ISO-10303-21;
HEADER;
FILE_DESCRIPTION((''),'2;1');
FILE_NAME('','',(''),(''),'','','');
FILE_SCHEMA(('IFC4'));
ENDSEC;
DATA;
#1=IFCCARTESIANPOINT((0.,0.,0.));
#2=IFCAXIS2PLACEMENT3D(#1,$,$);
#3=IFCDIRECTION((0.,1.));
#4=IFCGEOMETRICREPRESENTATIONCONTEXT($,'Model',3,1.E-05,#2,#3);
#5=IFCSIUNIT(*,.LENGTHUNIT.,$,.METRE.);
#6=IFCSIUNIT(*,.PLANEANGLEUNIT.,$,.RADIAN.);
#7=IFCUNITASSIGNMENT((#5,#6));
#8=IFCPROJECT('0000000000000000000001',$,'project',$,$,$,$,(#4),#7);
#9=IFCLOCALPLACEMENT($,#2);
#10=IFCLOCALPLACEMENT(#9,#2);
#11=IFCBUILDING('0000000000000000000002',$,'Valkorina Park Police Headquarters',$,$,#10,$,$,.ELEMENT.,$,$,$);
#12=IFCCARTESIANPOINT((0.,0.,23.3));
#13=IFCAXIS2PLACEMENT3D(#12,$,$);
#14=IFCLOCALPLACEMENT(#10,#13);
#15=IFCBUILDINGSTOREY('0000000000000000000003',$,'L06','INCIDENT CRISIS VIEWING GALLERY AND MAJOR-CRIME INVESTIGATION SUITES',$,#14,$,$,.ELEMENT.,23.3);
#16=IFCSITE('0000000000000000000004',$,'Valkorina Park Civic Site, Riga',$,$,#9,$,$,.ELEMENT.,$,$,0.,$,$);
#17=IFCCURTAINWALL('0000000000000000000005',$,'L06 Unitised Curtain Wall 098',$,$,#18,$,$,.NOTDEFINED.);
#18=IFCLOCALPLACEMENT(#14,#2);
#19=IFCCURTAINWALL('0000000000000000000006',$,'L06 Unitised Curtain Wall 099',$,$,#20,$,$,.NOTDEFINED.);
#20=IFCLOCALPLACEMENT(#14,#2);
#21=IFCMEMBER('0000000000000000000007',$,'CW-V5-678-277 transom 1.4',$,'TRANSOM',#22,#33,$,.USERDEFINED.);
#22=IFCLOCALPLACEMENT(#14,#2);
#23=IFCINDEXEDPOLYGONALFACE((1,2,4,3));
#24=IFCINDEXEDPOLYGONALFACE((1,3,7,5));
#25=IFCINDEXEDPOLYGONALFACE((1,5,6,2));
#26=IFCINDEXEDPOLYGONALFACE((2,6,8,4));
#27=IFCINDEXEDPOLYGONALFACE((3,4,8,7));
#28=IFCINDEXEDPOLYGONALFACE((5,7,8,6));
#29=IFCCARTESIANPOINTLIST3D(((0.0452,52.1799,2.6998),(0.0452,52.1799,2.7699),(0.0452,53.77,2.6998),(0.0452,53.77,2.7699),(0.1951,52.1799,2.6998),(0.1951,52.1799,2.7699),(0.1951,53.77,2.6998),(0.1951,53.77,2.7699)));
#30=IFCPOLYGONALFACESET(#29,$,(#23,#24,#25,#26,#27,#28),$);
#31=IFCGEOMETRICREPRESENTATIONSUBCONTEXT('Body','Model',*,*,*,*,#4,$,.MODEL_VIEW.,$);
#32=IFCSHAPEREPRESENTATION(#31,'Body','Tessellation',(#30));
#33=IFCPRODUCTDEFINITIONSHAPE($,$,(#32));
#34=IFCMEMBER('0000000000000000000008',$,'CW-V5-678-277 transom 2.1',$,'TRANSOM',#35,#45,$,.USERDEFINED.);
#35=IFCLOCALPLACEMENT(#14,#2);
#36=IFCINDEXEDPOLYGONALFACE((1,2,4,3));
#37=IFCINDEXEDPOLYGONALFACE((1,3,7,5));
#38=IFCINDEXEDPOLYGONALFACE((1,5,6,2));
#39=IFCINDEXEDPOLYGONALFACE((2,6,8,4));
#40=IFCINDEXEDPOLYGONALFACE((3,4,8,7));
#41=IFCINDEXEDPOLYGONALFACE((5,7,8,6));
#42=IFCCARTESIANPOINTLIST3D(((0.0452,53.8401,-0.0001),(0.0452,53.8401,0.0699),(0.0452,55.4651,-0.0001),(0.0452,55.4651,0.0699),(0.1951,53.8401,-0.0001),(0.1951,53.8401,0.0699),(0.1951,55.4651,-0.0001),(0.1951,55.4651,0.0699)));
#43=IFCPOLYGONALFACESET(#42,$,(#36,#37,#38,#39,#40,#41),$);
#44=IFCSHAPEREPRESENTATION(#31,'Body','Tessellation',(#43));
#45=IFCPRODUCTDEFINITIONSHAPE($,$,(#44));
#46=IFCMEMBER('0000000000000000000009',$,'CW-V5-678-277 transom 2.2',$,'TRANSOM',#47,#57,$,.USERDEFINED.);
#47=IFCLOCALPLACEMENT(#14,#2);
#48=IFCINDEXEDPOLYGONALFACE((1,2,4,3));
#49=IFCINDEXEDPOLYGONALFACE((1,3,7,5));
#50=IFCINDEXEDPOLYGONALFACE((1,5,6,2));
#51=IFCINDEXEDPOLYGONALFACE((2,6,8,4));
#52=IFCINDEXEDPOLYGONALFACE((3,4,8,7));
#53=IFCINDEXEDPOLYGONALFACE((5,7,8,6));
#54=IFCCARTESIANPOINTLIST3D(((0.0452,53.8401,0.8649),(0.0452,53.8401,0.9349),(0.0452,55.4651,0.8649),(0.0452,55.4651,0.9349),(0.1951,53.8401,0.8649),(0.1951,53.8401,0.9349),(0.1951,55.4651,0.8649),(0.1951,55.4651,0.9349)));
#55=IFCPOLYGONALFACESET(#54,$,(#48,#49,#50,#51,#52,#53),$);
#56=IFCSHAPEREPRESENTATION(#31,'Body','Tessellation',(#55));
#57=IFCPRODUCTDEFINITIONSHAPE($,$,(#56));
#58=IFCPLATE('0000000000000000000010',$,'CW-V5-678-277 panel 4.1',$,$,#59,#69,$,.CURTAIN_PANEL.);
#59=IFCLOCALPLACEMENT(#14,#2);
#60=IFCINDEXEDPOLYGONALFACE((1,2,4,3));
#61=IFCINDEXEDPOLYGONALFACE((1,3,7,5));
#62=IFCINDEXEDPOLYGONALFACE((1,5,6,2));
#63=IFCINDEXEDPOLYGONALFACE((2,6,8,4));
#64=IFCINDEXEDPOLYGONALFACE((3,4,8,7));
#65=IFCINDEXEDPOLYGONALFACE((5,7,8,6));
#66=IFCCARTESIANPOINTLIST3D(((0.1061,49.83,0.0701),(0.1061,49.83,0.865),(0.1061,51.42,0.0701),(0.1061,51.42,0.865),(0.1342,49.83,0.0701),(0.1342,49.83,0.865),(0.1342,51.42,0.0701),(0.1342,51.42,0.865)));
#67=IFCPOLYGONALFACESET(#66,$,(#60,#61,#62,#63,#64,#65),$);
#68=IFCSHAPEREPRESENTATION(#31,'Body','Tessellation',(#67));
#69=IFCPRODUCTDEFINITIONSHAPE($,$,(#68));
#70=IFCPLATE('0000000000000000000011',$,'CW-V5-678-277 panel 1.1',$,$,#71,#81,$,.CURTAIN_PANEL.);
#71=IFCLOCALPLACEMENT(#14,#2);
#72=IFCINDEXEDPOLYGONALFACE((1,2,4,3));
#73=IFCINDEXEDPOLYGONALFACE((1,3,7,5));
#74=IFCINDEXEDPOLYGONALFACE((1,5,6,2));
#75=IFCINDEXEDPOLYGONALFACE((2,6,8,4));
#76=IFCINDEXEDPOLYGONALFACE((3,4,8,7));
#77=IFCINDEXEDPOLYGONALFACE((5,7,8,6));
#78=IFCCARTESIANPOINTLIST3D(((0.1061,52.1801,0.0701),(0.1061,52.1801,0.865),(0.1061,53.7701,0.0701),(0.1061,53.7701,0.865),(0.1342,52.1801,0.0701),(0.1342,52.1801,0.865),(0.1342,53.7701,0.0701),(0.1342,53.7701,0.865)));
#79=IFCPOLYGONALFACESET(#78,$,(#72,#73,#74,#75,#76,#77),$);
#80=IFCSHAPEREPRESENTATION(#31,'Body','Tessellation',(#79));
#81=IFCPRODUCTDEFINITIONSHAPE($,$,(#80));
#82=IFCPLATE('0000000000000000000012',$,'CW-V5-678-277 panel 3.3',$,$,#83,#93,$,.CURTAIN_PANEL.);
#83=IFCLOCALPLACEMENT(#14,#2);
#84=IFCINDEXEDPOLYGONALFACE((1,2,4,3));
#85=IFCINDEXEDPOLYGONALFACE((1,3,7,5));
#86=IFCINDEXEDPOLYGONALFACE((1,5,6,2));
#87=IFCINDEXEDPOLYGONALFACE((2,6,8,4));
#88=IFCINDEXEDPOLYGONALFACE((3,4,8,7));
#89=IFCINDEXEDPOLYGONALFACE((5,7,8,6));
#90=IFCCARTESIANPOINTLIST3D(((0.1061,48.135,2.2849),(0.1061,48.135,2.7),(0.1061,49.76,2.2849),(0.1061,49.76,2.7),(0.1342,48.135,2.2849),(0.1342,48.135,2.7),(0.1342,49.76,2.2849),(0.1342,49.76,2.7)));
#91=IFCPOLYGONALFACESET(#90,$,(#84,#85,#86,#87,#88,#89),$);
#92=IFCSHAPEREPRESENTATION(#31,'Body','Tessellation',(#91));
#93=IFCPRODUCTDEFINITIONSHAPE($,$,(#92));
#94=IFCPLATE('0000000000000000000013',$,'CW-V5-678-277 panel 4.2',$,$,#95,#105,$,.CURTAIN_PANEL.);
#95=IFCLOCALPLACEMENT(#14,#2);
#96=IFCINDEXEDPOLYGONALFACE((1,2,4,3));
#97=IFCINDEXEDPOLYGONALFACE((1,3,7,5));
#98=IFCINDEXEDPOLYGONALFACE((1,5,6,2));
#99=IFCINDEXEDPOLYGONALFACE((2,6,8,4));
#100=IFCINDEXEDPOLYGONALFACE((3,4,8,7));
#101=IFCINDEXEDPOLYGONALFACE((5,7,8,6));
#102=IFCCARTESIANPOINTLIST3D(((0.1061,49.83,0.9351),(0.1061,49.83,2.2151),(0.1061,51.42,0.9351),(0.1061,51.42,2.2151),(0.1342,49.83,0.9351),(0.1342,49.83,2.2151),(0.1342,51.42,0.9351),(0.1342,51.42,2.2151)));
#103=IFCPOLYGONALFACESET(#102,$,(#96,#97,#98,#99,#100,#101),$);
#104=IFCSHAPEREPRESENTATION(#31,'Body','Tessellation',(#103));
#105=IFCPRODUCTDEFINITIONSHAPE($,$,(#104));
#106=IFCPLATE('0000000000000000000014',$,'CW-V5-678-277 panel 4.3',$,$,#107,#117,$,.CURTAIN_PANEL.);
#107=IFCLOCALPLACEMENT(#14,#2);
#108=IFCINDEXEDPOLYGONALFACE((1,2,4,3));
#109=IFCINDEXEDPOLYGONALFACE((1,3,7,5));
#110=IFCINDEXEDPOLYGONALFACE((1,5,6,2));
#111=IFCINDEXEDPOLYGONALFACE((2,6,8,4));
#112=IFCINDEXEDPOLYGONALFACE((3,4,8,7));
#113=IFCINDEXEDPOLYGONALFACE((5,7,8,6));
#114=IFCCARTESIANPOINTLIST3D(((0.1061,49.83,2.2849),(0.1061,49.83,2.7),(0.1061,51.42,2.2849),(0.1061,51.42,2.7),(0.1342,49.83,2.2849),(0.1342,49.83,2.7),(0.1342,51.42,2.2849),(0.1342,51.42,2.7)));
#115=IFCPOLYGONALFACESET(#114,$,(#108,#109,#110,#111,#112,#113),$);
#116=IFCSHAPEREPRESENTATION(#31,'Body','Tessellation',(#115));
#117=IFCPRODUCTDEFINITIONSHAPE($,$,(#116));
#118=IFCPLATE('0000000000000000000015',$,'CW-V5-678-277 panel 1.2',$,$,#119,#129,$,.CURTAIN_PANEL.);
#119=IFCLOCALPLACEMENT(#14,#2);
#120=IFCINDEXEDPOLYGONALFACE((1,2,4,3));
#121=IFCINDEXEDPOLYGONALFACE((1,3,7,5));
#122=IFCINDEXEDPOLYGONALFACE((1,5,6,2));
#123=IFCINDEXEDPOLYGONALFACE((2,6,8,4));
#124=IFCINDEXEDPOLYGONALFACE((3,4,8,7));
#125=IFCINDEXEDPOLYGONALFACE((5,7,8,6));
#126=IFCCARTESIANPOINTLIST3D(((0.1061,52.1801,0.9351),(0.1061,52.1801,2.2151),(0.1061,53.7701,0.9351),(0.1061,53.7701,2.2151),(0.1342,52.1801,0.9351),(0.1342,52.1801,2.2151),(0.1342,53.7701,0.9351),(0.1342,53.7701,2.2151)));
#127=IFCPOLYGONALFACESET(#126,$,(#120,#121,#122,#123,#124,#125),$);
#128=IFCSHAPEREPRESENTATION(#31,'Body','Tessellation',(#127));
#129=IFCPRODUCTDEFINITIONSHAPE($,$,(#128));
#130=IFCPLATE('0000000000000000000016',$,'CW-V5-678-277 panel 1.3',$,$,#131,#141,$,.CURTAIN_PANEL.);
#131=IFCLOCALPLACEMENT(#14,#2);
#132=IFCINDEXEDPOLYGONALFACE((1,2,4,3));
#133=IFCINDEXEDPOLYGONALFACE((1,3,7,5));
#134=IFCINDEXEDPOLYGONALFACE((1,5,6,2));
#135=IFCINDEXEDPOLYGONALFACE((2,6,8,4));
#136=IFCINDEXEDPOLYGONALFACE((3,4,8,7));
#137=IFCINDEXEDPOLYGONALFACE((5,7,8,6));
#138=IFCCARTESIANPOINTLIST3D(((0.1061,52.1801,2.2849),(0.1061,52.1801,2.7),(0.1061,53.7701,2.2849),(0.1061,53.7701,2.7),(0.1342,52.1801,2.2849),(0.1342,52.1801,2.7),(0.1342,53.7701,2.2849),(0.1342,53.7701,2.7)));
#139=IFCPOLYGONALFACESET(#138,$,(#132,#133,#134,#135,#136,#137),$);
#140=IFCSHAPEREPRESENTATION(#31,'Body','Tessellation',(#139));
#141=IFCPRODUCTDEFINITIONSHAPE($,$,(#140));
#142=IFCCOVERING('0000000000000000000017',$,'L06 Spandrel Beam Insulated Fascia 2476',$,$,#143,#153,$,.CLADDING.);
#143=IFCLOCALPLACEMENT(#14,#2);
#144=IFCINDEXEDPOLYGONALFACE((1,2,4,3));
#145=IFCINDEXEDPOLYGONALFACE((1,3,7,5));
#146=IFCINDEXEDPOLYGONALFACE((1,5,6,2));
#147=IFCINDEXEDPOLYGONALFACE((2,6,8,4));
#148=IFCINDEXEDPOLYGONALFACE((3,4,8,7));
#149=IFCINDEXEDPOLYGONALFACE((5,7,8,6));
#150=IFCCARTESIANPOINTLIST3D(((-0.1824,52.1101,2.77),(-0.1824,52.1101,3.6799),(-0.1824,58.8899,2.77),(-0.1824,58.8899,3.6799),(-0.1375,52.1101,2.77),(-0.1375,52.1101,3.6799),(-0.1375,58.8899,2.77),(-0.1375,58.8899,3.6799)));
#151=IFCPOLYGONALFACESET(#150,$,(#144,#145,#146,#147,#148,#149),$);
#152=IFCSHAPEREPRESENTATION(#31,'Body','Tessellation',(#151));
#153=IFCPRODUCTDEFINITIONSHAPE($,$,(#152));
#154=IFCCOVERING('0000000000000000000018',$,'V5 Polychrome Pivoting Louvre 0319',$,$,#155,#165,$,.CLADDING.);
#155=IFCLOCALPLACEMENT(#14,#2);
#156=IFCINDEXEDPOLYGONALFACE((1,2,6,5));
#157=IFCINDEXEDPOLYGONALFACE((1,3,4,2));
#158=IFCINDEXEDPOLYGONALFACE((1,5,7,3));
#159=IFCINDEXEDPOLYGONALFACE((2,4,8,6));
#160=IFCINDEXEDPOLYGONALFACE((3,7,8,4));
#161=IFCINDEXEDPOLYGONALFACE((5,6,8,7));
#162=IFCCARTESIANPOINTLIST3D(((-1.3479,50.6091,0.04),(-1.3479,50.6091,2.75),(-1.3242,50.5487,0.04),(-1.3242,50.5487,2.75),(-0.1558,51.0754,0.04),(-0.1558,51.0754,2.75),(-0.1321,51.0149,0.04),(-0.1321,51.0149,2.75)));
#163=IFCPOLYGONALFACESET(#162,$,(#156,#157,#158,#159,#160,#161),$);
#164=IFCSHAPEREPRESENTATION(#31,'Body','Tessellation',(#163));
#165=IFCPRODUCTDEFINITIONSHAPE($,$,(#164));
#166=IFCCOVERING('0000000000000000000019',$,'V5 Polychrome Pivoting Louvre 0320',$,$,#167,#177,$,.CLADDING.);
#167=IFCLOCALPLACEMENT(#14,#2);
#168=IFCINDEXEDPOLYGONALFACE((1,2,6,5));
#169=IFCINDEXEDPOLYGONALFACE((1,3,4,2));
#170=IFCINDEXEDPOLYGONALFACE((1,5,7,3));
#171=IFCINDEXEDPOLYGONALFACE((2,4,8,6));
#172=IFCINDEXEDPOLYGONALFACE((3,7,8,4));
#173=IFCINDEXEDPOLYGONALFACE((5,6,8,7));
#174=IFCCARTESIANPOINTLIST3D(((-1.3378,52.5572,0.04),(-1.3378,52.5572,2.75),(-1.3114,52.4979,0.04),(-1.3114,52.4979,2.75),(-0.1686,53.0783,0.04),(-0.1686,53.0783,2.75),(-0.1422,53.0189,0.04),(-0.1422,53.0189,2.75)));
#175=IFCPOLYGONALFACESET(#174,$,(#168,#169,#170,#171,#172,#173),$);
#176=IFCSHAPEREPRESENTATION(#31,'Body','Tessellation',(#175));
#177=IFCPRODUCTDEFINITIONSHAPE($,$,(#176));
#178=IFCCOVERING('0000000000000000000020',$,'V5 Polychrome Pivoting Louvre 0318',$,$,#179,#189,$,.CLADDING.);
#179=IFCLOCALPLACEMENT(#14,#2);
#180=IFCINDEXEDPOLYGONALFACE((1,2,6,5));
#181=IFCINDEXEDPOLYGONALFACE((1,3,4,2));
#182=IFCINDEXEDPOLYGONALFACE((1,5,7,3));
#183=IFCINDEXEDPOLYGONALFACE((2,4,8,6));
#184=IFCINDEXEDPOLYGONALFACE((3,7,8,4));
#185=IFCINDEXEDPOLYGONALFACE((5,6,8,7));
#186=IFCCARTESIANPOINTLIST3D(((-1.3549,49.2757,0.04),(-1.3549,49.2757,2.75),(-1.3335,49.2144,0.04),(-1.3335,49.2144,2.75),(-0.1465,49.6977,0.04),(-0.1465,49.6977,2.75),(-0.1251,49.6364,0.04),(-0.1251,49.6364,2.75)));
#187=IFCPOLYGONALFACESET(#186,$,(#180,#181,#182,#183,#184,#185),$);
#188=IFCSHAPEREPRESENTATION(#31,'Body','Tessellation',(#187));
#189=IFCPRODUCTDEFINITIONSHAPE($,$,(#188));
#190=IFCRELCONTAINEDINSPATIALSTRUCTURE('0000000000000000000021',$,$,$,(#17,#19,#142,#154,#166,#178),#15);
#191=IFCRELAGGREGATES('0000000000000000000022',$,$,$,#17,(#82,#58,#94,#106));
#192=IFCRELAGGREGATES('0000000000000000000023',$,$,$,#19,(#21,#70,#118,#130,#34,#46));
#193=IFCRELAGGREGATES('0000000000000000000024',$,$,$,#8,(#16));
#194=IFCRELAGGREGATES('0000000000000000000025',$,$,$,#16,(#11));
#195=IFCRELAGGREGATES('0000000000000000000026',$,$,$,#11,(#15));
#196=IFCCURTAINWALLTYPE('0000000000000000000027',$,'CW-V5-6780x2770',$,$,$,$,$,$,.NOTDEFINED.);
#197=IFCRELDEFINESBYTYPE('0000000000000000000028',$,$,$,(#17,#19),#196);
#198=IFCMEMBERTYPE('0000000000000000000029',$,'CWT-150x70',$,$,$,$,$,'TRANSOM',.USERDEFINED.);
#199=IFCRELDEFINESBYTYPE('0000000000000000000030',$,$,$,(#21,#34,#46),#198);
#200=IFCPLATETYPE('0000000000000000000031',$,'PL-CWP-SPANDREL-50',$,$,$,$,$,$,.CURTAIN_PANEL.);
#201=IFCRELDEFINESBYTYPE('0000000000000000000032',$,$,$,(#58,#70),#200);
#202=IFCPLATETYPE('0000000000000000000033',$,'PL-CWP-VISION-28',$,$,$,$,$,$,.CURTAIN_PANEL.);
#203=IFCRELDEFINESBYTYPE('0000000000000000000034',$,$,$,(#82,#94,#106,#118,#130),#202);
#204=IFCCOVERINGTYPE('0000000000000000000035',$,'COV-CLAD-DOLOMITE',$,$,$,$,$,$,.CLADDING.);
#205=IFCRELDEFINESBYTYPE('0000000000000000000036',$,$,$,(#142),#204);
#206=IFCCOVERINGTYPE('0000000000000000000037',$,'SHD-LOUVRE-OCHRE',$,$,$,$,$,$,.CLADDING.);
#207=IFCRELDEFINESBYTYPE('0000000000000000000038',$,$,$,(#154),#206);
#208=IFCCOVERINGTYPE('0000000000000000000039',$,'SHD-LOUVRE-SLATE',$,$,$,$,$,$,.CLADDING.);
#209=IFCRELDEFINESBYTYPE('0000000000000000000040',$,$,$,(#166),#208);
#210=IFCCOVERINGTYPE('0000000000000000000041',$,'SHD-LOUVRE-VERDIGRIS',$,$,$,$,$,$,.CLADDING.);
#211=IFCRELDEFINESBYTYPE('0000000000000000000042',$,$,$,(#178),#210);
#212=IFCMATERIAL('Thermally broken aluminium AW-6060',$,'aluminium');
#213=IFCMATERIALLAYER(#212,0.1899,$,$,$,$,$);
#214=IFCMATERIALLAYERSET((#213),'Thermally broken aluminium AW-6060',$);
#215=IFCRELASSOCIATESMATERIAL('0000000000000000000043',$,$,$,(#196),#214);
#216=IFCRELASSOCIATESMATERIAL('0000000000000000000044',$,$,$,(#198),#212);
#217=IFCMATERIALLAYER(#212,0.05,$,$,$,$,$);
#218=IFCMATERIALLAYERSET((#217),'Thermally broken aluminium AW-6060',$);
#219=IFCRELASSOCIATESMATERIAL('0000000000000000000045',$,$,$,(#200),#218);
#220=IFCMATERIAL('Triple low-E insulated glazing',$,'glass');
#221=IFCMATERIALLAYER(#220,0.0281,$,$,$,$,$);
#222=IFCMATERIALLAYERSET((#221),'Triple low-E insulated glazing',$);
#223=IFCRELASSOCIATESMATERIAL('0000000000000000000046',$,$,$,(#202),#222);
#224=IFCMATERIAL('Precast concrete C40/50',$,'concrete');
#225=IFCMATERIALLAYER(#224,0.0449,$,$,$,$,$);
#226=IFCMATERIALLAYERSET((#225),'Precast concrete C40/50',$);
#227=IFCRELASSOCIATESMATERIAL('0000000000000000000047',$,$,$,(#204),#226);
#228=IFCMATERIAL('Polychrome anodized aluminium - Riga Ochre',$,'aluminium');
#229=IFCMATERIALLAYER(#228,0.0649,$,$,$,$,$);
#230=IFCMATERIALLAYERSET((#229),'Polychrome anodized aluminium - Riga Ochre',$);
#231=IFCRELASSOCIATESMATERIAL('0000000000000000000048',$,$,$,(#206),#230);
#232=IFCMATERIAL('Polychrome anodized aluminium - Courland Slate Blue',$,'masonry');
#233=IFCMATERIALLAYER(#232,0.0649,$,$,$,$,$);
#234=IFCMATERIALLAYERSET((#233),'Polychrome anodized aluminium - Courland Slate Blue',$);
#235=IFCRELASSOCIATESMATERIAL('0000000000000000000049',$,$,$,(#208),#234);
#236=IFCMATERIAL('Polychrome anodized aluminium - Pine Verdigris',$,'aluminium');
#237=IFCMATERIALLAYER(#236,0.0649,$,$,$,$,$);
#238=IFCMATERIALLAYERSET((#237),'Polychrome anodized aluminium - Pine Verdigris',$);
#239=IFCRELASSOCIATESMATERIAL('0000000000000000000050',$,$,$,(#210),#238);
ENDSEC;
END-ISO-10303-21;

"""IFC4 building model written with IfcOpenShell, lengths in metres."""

from ifc_helpers import new_model, si_unit, direction, frame, frame_2d, origin, origin_2d, place, context, subcontext, project, spatial, rectangle, extrude, material, layer, layer_set, material_profile, profile_set, type_object, element, aggregate, save


model = new_model("IFC4")

# Units and contexts
model_context = context("Model", 3, precision=1e-05, world=origin(), true_north=direction((0.0, 1.0)))
body_context = subcontext(model_context, "Body", "Model", "MODEL_VIEW")
ifc_project = project(units=[si_unit("LENGTHUNIT", "METRE"), si_unit("PLANEANGLEUNIT", "RADIAN")], contexts=[model_context])

# Site, building, storey
site_placement = place(None, origin())
site = spatial("IfcSite", under=ifc_project, at=site_placement, Name="Valkorina Park Civic Site, Riga", CompositionType="ELEMENT", RefElevation=0.0)
building_placement = place(site_placement, origin())
building = spatial("IfcBuilding", under=site, at=building_placement, Name="Valkorina Park Police Headquarters", CompositionType="ELEMENT")
storey_placement = place(building_placement, frame((0.0, 0.0, 23.3)))
storey = spatial("IfcBuildingStorey", under=building, at=storey_placement, Name="L06", Description="INCIDENT CRISIS VIEWING GALLERY AND MAJOR-CRIME INVESTIGATION SUITES", CompositionType="ELEMENT", Elevation=23.3)

# Curtain walls
ifc_material_1 = material(Name="Thermally broken aluminium AW-6060", Category="aluminium")
ifc_layer_1 = layer(ifc_material_1, 0.1899)
ifc_layer_set_1 = layer_set([ifc_layer_1], Name="Thermally broken aluminium AW-6060")
curtain_wall_type = type_object("IfcCurtainWallType", Name="CW-V5-6780x2770", PredefinedType="NOTDEFINED", material=ifc_layer_set_1)
curtain_wall_1_placement = place(storey_placement, origin())
curtain_wall_1 = element("IfcCurtainWall", 1, at=curtain_wall_1_placement, inside=storey, type_object=curtain_wall_type, Name="L06 Unitised Curtain Wall 098", PredefinedType="NOTDEFINED")
curtain_wall_2_placement = place(storey_placement, origin())
curtain_wall_2 = element("IfcCurtainWall", 2, at=curtain_wall_2_placement, inside=storey, type_object=curtain_wall_type, Name="L06 Unitised Curtain Wall 099", PredefinedType="NOTDEFINED")

# Members
ifc_material_profile_1 = material_profile(ifc_material_1, rectangle(XDim=0.1499, YDim=0.0701, at=origin_2d()), Name="CWT-02 150x70")
ifc_profile_set_1 = profile_set([ifc_material_profile_1], Name="Thermally broken aluminium AW-6060")
member_type_1 = type_object("IfcMemberType", Name="CWT-150x70", ElementType="TRANSOM", PredefinedType="USERDEFINED", material=ifc_profile_set_1)
member_1_placement = place(storey_placement, frame((0.1201, 52.1799, 2.7349), z_axis=(0.0, 1.0, 0.0), x_axis=(-1.0, 0.0, 0.0)))
member_1 = element("IfcMember", 3, at=member_1_placement, type_object=member_type_1, Name="CW-V5-678-277 transom 1.4", ObjectType="TRANSOM", PredefinedType="USERDEFINED", context=body_context, shape_type="SweptSolid", body=[
    extrude(rectangle(XDim=0.1499, YDim=0.0701, at=origin_2d()), origin(), (0.0, 0.0, 1.0), 1.5901),
])
member_2_placement = place(storey_placement, frame((0.1201, 53.8401, 0.0349), z_axis=(0.0, 1.0, 0.0), x_axis=(-1.0, 0.0, 0.0)))
member_2 = element("IfcMember", 4, at=member_2_placement, type_object=member_type_1, Name="CW-V5-678-277 transom 2.1", ObjectType="TRANSOM", PredefinedType="USERDEFINED", context=body_context, shape_type="SweptSolid", body=[
    extrude(rectangle(XDim=0.1499, YDim=0.0701, at=origin_2d()), origin(), (0.0, 0.0, 1.0), 1.625),
])
member_3_placement = place(storey_placement, frame((0.1201, 53.8401, 0.8999), z_axis=(0.0, 1.0, 0.0), x_axis=(-1.0, 0.0, 0.0)))
member_3 = element("IfcMember", 5, at=member_3_placement, type_object=member_type_1, Name="CW-V5-678-277 transom 2.2", ObjectType="TRANSOM", PredefinedType="USERDEFINED", context=body_context, shape_type="SweptSolid", body=[
    extrude(rectangle(XDim=0.1499, YDim=0.0701, at=origin_2d()), origin(), (0.0, 0.0, 1.0), 1.625),
])

# Plates
ifc_layer_2 = layer(ifc_material_1, 0.05)
ifc_layer_set_2 = layer_set([ifc_layer_2], Name="Thermally broken aluminium AW-6060")
plate_type_1 = type_object("IfcPlateType", Name="PL-CWP-SPANDREL-50", PredefinedType="CURTAIN_PANEL", material=ifc_layer_set_2)
plate_1_placement = place(storey_placement, frame((0.1201, 50.625, 0.0701), z_axis=(0.0, 0.0, 1.0), x_axis=(0.0, 1.0, 0.0)))
plate_1 = element("IfcPlate", 6, at=plate_1_placement, type_object=plate_type_1, Name="CW-V5-678-277 panel 4.1", PredefinedType="CURTAIN_PANEL", context=body_context, shape_type="SweptSolid", body=[
    extrude(rectangle(XDim=1.5901, YDim=0.0281, at=origin_2d()), origin(), (0.0, 0.0, 1.0), 0.7949),
])
plate_2_placement = place(storey_placement, frame((0.1201, 52.9751, 0.0701), z_axis=(0.0, 0.0, 1.0), x_axis=(0.0, 1.0, 0.0)))
plate_2 = element("IfcPlate", 7, at=plate_2_placement, type_object=plate_type_1, Name="CW-V5-678-277 panel 1.1", PredefinedType="CURTAIN_PANEL", context=body_context, shape_type="SweptSolid", body=[
    extrude(rectangle(XDim=1.5901, YDim=0.0281, at=origin_2d()), origin(), (0.0, 0.0, 1.0), 0.7949),
])
ifc_material_2 = material(Name="Triple low-E insulated glazing", Category="glass")
ifc_layer_3 = layer(ifc_material_2, 0.0281)
ifc_layer_set_3 = layer_set([ifc_layer_3], Name="Triple low-E insulated glazing")
plate_type_2 = type_object("IfcPlateType", Name="PL-CWP-VISION-28", PredefinedType="CURTAIN_PANEL", material=ifc_layer_set_3)
plate_3_placement = place(storey_placement, frame((0.1201, 48.9475, 2.2849), z_axis=(0.0, 0.0, 1.0), x_axis=(0.0, 1.0, 0.0)))
plate_3 = element("IfcPlate", 8, at=plate_3_placement, type_object=plate_type_2, Name="CW-V5-678-277 panel 3.3", PredefinedType="CURTAIN_PANEL", context=body_context, shape_type="SweptSolid", body=[
    extrude(rectangle(XDim=1.625, YDim=0.0281, at=origin_2d()), origin(), (0.0, 0.0, 1.0), 0.415),
])
plate_4_placement = place(storey_placement, frame((0.1201, 50.625, 0.9351), z_axis=(0.0, 0.0, 1.0), x_axis=(0.0, 1.0, 0.0)))
plate_4 = element("IfcPlate", 9, at=plate_4_placement, type_object=plate_type_2, Name="CW-V5-678-277 panel 4.2", PredefinedType="CURTAIN_PANEL", context=body_context, shape_type="SweptSolid", body=[
    extrude(rectangle(XDim=1.5901, YDim=0.0281, at=origin_2d()), origin(), (0.0, 0.0, 1.0), 1.28),
])
plate_5_placement = place(storey_placement, frame((0.1201, 50.625, 2.2849), z_axis=(0.0, 0.0, 1.0), x_axis=(0.0, 1.0, 0.0)))
plate_5 = element("IfcPlate", 10, at=plate_5_placement, type_object=plate_type_2, Name="CW-V5-678-277 panel 4.3", PredefinedType="CURTAIN_PANEL", context=body_context, shape_type="SweptSolid", body=[
    extrude(rectangle(XDim=1.5901, YDim=0.0281, at=origin_2d()), origin(), (0.0, 0.0, 1.0), 0.415),
])
aggregate(curtain_wall_1, [plate_3, plate_1, plate_4, plate_5])
plate_6_placement = place(storey_placement, frame((0.1201, 52.9751, 0.9351), z_axis=(0.0, 0.0, 1.0), x_axis=(0.0, 1.0, 0.0)))
plate_6 = element("IfcPlate", 11, at=plate_6_placement, type_object=plate_type_2, Name="CW-V5-678-277 panel 1.2", PredefinedType="CURTAIN_PANEL", context=body_context, shape_type="SweptSolid", body=[
    extrude(rectangle(XDim=1.5901, YDim=0.0281, at=origin_2d()), origin(), (0.0, 0.0, 1.0), 1.28),
])
plate_7_placement = place(storey_placement, frame((0.1201, 52.9751, 2.2849), z_axis=(0.0, 0.0, 1.0), x_axis=(0.0, 1.0, 0.0)))
plate_7 = element("IfcPlate", 12, at=plate_7_placement, type_object=plate_type_2, Name="CW-V5-678-277 panel 1.3", PredefinedType="CURTAIN_PANEL", context=body_context, shape_type="SweptSolid", body=[
    extrude(rectangle(XDim=1.5901, YDim=0.0281, at=origin_2d()), origin(), (0.0, 0.0, 1.0), 0.415),
])
aggregate(curtain_wall_2, [member_1, plate_2, plate_6, plate_7, member_2, member_3])

# Coverings
ifc_material_3 = material(Name="Precast concrete C40/50", Category="concrete")
ifc_layer_4 = layer(ifc_material_3, 0.0449)
ifc_layer_set_4 = layer_set([ifc_layer_4], Name="Precast concrete C40/50")
covering_type_1 = type_object("IfcCoveringType", Name="COV-CLAD-DOLOMITE", PredefinedType="CLADDING", material=ifc_layer_set_4)
covering_1_placement = place(storey_placement, frame((-0.1599, 52.1101, 2.77), z_axis=(0.0, 0.0, 1.0), x_axis=(0.0, 1.0, 0.0)))
element("IfcCovering", 13, at=covering_1_placement, inside=storey, type_object=covering_type_1, Name="L06 Spandrel Beam Insulated Fascia 2476", PredefinedType="CLADDING", context=body_context, shape_type="SweptSolid", body=[
    extrude(rectangle(XDim=6.7798, YDim=0.0449, at=frame_2d((3.3899, 0.0))), origin(), (0.0, 0.0, 1.0), 0.9099),
])
ifc_material_4 = material(Name="Polychrome anodized aluminium - Riga Ochre", Category="aluminium")
ifc_layer_5 = layer(ifc_material_4, 0.0649)
ifc_layer_set_5 = layer_set([ifc_layer_5], Name="Polychrome anodized aluminium - Riga Ochre")
covering_type_2 = type_object("IfcCoveringType", Name="SHD-LOUVRE-OCHRE", PredefinedType="CLADDING", material=ifc_layer_set_5)
covering_2_placement = place(storey_placement, frame((-0.74, 50.812, 0.04), z_axis=(0.0, 0.0, 1.0), x_axis=(-0.93131, -0.364227, 0.0)))
element("IfcCovering", 14, at=covering_2_placement, inside=storey, type_object=covering_type_2, Name="V5 Polychrome Pivoting Louvre 0319", PredefinedType="CLADDING", context=body_context, shape_type="SweptSolid", body=[
    extrude(rectangle(XDim=1.28, YDim=0.0649, at=origin_2d()), origin(), (0.0, 0.0, 1.0), 2.71),
])
ifc_material_5 = material(Name="Polychrome anodized aluminium - Courland Slate Blue", Category="masonry")
ifc_layer_6 = layer(ifc_material_5, 0.0649)
ifc_layer_set_6 = layer_set([ifc_layer_6], Name="Polychrome anodized aluminium - Courland Slate Blue")
covering_type_3 = type_object("IfcCoveringType", Name="SHD-LOUVRE-SLATE", PredefinedType="CLADDING", material=ifc_layer_set_6)
covering_3_placement = place(storey_placement, frame((-0.74, 52.7881, 0.04), z_axis=(0.0, 0.0, 1.0), x_axis=(-0.913403, -0.407056, 0.0)))
element("IfcCovering", 15, at=covering_3_placement, inside=storey, type_object=covering_type_3, Name="V5 Polychrome Pivoting Louvre 0320", PredefinedType="CLADDING", context=body_context, shape_type="SweptSolid", body=[
    extrude(rectangle(XDim=1.28, YDim=0.0649, at=origin_2d()), origin(), (0.0, 0.0, 1.0), 2.71),
])
ifc_material_6 = material(Name="Polychrome anodized aluminium - Pine Verdigris", Category="aluminium")
ifc_layer_7 = layer(ifc_material_6, 0.0649)
ifc_layer_set_7 = layer_set([ifc_layer_7], Name="Polychrome anodized aluminium - Pine Verdigris")
covering_type_4 = type_object("IfcCoveringType", Name="SHD-LOUVRE-VERDIGRIS", PredefinedType="CLADDING", material=ifc_layer_set_7)
covering_4_placement = place(storey_placement, frame((-0.74, 49.4561, 0.04), z_axis=(0.0, 0.0, 1.0), x_axis=(-0.944089, -0.329691, 0.0)))
element("IfcCovering", 16, at=covering_4_placement, inside=storey, type_object=covering_type_4, Name="V5 Polychrome Pivoting Louvre 0318", PredefinedType="CLADDING", context=body_context, shape_type="SweptSolid", body=[
    extrude(rectangle(XDim=1.28, YDim=0.0649, at=origin_2d()), origin(), (0.0, 0.0, 1.0), 2.71),
])

save(model, "model.ifc")
